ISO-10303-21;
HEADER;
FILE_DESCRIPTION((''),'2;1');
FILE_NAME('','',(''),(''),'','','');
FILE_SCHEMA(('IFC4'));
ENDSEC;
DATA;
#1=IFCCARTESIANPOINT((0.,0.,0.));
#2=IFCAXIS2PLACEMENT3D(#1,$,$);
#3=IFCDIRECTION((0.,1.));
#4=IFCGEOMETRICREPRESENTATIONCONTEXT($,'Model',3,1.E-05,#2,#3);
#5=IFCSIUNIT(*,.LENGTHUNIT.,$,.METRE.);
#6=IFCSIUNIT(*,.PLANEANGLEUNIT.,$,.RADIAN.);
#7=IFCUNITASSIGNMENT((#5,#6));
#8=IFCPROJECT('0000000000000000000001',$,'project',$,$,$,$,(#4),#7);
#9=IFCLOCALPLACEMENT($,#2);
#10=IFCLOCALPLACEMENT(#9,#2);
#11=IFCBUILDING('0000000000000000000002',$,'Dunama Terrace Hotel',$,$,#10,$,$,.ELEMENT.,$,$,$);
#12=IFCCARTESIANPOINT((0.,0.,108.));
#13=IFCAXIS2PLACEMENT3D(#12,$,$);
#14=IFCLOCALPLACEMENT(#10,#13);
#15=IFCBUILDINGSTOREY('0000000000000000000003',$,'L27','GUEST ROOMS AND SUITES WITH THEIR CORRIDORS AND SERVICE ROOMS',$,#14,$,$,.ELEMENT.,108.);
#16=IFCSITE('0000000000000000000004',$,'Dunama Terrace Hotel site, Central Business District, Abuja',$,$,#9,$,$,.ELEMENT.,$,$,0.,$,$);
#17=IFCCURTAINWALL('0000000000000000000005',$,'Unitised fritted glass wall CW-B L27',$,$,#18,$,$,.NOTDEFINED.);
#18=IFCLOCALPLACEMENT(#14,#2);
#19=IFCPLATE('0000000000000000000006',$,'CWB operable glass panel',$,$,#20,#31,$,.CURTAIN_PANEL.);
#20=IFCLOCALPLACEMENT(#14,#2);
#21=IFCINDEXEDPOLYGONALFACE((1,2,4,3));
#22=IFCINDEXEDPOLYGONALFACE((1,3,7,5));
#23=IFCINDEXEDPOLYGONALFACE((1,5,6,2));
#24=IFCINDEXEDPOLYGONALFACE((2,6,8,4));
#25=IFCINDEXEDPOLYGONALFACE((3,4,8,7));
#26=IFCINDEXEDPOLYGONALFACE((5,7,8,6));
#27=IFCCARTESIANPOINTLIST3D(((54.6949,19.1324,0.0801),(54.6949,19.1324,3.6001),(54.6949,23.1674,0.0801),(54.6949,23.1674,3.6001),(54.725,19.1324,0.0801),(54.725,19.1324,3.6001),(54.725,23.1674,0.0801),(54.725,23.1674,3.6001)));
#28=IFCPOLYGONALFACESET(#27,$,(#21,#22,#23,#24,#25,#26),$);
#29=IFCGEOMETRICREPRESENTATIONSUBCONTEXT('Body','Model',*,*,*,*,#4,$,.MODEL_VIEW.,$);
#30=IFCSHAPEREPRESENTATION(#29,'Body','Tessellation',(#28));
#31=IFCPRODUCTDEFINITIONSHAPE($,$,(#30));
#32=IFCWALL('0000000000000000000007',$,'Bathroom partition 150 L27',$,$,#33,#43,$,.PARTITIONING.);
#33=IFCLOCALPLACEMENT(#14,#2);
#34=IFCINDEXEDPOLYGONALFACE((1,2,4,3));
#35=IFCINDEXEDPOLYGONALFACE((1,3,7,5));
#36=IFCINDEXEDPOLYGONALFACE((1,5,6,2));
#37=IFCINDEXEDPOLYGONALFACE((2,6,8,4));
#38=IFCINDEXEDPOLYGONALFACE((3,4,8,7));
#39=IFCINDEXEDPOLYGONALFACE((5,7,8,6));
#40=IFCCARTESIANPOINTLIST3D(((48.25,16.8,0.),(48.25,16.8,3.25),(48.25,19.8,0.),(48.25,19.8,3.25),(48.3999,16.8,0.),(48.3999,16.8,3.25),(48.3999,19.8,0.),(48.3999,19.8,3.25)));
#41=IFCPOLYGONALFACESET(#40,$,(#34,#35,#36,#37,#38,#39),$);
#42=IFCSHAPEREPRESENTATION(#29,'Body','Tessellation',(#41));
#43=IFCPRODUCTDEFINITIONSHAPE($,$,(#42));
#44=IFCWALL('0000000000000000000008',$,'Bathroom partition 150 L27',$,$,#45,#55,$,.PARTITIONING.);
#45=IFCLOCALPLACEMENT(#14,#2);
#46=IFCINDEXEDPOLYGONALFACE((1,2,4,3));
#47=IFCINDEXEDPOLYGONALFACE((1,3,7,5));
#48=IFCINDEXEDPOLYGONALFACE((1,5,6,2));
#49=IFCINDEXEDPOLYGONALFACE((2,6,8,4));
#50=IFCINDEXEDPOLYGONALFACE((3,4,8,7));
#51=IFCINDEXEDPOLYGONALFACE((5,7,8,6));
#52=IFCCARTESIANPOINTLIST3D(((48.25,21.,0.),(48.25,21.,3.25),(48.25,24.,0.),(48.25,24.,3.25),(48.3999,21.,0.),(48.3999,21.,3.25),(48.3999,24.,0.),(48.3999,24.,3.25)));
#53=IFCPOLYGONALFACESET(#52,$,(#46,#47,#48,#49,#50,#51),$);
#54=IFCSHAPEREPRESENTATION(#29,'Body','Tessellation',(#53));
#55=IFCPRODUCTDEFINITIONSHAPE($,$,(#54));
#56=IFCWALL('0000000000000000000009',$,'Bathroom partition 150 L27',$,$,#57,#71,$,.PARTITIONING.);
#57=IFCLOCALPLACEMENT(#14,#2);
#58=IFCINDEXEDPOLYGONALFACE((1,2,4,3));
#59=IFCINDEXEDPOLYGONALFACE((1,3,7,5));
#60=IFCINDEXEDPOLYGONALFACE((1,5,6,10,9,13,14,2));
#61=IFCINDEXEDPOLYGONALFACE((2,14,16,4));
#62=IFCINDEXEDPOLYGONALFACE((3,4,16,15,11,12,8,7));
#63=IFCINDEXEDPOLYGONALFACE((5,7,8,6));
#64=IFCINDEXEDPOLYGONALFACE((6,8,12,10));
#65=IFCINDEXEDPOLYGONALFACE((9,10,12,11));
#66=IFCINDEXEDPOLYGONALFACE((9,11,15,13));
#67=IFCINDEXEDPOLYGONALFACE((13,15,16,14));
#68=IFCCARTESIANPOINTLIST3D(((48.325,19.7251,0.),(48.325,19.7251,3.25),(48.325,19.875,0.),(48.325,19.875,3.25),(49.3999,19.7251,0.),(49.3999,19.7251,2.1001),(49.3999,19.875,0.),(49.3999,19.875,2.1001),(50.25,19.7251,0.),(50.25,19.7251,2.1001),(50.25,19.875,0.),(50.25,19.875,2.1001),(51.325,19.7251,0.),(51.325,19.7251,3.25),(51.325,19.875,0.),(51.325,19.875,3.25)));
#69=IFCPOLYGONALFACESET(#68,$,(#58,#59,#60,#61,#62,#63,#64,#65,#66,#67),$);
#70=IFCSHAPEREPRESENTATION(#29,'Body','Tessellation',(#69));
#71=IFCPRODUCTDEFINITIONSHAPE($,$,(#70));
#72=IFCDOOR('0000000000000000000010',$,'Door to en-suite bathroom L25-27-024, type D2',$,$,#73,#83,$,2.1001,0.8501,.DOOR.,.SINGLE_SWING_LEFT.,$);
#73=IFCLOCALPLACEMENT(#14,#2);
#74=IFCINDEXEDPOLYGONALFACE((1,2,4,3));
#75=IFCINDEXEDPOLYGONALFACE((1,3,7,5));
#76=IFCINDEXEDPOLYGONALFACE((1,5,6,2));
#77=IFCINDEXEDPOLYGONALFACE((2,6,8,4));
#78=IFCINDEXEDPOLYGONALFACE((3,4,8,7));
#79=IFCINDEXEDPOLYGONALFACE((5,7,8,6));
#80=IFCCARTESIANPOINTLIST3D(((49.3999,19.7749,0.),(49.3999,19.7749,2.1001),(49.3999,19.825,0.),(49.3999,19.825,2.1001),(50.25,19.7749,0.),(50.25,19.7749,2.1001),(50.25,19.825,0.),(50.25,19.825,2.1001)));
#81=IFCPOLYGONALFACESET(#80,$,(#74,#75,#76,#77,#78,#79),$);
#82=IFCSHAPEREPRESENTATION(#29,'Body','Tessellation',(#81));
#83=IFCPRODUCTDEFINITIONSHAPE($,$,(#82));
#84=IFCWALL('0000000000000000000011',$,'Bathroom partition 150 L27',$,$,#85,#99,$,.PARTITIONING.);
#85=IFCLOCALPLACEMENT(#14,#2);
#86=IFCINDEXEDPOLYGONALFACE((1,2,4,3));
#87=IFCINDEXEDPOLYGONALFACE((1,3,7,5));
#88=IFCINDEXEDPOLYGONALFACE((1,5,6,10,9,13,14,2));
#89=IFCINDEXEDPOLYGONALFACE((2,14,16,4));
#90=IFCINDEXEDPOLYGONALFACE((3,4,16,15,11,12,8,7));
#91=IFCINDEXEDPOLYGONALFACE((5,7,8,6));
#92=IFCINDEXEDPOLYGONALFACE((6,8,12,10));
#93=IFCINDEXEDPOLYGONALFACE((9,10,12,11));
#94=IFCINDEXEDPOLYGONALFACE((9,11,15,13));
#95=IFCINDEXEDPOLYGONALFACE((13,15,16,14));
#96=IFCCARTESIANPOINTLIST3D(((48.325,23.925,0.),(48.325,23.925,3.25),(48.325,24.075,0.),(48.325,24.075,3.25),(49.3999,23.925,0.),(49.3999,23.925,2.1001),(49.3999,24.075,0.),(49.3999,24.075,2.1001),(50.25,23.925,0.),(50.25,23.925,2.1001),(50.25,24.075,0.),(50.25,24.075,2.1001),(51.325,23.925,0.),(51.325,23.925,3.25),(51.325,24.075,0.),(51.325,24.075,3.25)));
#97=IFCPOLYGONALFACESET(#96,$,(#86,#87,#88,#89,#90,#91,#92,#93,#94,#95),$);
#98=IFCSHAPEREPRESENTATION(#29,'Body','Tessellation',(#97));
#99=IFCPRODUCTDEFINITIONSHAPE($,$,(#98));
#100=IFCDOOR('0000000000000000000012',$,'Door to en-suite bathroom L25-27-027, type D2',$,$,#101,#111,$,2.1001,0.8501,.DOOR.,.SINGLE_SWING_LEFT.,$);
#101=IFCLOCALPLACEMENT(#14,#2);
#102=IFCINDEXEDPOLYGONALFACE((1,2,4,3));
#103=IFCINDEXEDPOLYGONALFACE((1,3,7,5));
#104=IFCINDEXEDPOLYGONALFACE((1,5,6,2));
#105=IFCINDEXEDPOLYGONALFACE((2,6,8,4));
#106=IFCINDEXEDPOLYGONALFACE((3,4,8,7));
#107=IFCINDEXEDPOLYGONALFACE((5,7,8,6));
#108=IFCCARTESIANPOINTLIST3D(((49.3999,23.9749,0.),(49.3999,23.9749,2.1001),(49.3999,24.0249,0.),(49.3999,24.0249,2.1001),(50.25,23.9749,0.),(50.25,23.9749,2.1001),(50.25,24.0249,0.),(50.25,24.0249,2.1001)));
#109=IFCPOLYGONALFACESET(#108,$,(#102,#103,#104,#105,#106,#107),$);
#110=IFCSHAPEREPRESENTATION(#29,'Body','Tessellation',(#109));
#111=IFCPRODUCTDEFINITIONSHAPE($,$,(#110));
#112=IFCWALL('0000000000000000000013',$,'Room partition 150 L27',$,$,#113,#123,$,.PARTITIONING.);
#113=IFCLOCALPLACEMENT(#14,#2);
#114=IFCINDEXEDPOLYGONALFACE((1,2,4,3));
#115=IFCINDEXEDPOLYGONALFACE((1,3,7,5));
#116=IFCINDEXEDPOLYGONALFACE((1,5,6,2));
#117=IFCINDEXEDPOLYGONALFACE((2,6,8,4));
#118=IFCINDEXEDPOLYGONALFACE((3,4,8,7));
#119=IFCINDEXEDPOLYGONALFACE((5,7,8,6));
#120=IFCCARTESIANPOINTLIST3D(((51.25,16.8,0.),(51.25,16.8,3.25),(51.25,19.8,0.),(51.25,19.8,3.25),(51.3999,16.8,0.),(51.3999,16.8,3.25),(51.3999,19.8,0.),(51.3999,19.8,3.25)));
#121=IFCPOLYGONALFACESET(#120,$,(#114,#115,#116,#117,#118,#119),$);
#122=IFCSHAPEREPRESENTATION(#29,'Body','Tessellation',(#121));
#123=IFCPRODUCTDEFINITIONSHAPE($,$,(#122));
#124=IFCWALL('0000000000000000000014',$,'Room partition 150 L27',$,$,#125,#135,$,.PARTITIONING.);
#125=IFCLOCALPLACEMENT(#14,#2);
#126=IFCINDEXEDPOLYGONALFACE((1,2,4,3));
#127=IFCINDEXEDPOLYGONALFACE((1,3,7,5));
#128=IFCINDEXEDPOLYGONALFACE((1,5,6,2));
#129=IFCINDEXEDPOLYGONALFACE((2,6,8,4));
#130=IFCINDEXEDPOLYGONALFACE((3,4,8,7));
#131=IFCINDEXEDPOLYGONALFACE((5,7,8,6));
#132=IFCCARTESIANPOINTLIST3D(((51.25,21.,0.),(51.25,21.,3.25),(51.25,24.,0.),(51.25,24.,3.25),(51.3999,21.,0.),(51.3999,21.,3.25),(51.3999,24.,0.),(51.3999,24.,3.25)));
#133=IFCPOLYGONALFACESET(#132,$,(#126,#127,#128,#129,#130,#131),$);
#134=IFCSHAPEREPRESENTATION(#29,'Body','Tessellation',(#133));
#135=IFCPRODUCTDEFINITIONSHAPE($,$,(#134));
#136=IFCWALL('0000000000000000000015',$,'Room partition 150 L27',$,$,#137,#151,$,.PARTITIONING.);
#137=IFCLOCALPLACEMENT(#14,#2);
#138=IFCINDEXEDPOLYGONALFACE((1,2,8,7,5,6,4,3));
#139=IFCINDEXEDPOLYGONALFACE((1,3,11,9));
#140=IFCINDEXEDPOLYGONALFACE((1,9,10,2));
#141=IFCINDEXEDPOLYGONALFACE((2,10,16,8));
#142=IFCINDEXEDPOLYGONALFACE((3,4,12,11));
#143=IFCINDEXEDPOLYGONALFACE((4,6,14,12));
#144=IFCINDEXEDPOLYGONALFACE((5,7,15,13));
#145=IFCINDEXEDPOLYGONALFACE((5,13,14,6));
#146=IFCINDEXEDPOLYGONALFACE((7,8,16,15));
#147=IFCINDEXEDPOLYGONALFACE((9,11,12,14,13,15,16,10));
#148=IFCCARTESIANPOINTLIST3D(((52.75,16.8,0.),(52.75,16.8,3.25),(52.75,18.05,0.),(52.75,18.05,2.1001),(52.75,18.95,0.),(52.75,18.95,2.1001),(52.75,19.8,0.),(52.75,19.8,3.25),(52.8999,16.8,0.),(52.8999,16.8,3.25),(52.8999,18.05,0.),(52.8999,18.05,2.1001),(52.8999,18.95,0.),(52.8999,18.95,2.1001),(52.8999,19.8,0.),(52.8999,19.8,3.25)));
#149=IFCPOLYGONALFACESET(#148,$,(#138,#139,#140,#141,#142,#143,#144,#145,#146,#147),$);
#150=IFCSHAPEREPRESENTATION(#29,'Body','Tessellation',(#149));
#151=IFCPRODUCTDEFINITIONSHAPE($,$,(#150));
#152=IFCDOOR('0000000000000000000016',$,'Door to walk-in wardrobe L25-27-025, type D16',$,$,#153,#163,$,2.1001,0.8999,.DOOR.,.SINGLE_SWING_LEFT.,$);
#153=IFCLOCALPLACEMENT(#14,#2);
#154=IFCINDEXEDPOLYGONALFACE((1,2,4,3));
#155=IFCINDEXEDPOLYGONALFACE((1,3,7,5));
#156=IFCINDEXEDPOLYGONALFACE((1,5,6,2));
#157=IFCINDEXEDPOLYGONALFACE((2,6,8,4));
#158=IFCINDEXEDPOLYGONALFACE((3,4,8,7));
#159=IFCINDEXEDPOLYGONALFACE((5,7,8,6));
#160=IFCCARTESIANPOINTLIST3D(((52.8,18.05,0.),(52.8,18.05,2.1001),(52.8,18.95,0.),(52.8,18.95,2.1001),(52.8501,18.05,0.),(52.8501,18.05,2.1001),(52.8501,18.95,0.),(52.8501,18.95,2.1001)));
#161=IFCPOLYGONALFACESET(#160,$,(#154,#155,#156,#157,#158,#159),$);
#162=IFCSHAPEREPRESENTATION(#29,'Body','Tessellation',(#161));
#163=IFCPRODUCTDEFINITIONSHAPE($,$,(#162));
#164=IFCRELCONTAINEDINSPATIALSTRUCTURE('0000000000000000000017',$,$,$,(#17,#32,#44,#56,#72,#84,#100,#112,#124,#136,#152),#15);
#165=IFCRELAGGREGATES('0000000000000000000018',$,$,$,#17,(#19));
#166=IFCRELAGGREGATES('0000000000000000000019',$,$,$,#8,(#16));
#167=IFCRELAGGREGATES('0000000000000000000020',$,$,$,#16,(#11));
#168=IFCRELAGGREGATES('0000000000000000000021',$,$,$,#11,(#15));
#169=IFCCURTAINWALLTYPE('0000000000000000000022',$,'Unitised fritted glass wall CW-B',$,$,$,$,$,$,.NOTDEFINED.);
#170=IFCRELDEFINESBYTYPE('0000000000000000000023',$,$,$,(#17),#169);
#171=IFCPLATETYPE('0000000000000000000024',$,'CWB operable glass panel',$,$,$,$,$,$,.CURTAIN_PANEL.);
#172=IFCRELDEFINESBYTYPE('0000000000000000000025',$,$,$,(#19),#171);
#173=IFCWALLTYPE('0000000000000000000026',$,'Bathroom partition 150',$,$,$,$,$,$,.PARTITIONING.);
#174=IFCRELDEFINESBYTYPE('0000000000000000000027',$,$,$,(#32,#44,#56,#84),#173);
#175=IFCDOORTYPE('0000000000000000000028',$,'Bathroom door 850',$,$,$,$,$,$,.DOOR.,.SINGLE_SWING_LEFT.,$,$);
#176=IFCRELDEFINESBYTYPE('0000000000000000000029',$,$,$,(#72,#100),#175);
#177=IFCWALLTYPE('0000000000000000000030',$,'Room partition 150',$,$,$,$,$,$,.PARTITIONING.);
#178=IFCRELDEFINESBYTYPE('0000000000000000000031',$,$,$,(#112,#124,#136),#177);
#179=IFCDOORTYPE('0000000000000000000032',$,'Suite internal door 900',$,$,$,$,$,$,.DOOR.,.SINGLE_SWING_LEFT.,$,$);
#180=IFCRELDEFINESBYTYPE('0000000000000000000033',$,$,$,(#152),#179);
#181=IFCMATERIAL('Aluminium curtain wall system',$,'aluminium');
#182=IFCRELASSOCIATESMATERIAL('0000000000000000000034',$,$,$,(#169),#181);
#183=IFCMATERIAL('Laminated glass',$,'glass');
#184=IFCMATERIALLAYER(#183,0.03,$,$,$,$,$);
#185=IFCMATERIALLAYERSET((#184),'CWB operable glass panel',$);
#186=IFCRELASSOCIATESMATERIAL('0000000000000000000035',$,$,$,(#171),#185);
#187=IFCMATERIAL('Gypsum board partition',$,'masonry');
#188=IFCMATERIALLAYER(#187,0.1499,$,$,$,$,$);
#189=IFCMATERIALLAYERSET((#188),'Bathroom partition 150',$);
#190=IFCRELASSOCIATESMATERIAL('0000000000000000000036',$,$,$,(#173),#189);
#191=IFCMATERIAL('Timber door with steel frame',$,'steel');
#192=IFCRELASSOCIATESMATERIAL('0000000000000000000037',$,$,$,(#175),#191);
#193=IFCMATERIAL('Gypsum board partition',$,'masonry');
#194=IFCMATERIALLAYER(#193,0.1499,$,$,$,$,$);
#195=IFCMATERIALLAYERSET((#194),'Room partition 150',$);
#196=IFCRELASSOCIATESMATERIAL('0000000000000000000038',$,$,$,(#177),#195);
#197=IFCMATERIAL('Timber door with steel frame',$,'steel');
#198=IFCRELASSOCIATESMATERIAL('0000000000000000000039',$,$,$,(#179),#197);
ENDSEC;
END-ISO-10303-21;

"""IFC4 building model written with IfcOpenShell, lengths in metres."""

from ifc_helpers import new_model, si_unit, direction, frame, frame_2d, origin, origin_2d, place, context, subcontext, project, spatial, rectangle, extrude, material, layer, layer_set, type_object, element, fill, aggregate, save


model = new_model("IFC4")

# Units and contexts
model_context = context("Model", 3, precision=1e-05, world=origin(), true_north=direction((0.0, 1.0)))
body_context = subcontext(model_context, "Body", "Model", "MODEL_VIEW")
ifc_project = project(units=[si_unit("LENGTHUNIT", "METRE"), si_unit("PLANEANGLEUNIT", "RADIAN")], contexts=[model_context])

# Site, building, storey
site_placement = place(None, origin())
site = spatial("IfcSite", under=ifc_project, at=site_placement, Name="Dunama Terrace Hotel site, Central Business District, Abuja", CompositionType="ELEMENT", RefElevation=0.0)
building_placement = place(site_placement, origin())
building = spatial("IfcBuilding", under=site, at=building_placement, Name="Dunama Terrace Hotel", CompositionType="ELEMENT")
storey_placement = place(building_placement, frame((0.0, 0.0, 108.0)))
storey = spatial("IfcBuildingStorey", under=building, at=storey_placement, Name="L27", Description="GUEST ROOMS AND SUITES WITH THEIR CORRIDORS AND SERVICE ROOMS", CompositionType="ELEMENT", Elevation=108.0)

# Curtain wall
ifc_material_1 = material(Name="Aluminium curtain wall system", Category="aluminium")
curtain_wall_type = type_object("IfcCurtainWallType", Name="Unitised fritted glass wall CW-B", PredefinedType="NOTDEFINED", material=ifc_material_1)
curtain_wall_placement = place(storey_placement, origin())
curtain_wall = element("IfcCurtainWall", 1, at=curtain_wall_placement, inside=storey, type_object=curtain_wall_type, Name="Unitised fritted glass wall CW-B L27", PredefinedType="NOTDEFINED")

# Plate
ifc_material_2 = material(Name="Laminated glass", Category="glass")
ifc_layer_1 = layer(ifc_material_2, 0.03)
ifc_layer_set_1 = layer_set([ifc_layer_1], Name="CWB operable glass panel")
plate_type_1 = type_object("IfcPlateType", Name="CWB operable glass panel", PredefinedType="CURTAIN_PANEL", material=ifc_layer_set_1)
plate_1_placement = place(storey_placement, frame((54.71, 21.1499, 0.0801), z_axis=(0.0, 0.0, 1.0), x_axis=(0.0, 1.0, 0.0)))
plate_1 = element("IfcPlate", 2, at=plate_1_placement, type_object=plate_type_1, Name="CWB operable glass panel", PredefinedType="CURTAIN_PANEL", context=body_context, shape_type="SweptSolid", body=[
    extrude(rectangle(XDim=4.0349, YDim=0.03, at=origin_2d()), origin(), (0.0, 0.0, 1.0), 3.52),
])
aggregate(curtain_wall, [plate_1])

# Walls
ifc_material_3 = material(Name="Gypsum board partition", Category="masonry")
ifc_layer_2 = layer(ifc_material_3, 0.1499)
ifc_layer_set_2 = layer_set([ifc_layer_2], Name="Bathroom partition 150")
wall_type_1 = type_object("IfcWallType", Name="Bathroom partition 150", PredefinedType="PARTITIONING", material=ifc_layer_set_2)
for number, where, z_axis, x_axis, name in (
    (3, (48.325, 16.8, 0.0), (0.0, 0.0, 1.0), (0.0, 1.0, 0.0), "Bathroom partition 150 L27"),
    (4, (48.325, 21.0, 0.0), (0.0, 0.0, 1.0), (0.0, 1.0, 0.0), "Bathroom partition 150 L27"),
):
    element("IfcWall", number, at=place(storey_placement, frame(where, z_axis=z_axis, x_axis=x_axis)), inside=storey, type_object=wall_type_1, Name=name, PredefinedType="PARTITIONING", context=body_context, shape_type="SweptSolid", body=[
        extrude(rectangle(XDim=3.0, YDim=0.1499, at=frame_2d((1.5, 0.0))), origin(), (0.0, 0.0, 1.0), 3.25),
    ])

# Walls, openings, doors
wall_1_placement = place(storey_placement, frame((48.325, 19.8, 0.0), z_axis=(0.0, 0.0, 1.0), x_axis=(1.0, 0.0, 0.0)))
wall_1 = element("IfcWall", 5, at=wall_1_placement, inside=storey, type_object=wall_type_1, Name="Bathroom partition 150 L27", PredefinedType="PARTITIONING", context=body_context, shape_type="SweptSolid", body=[
    extrude(rectangle(XDim=3.0, YDim=0.1499, at=frame_2d((1.5, 0.0))), origin(), (0.0, 0.0, 1.0), 3.25),
])
opening_1_placement = place(wall_1_placement, frame((1.075, 0.0, 0.0)))
opening_1 = element("IfcOpeningElement", 6, at=opening_1_placement, cuts=wall_1, PredefinedType="OPENING", context=body_context, shape_type="SweptSolid", body=[
    extrude(rectangle(XDim=0.8501, YDim=2.1001, at=frame_2d((0.425, 1.05))), frame((0.0, 0.085, 0.0), z_axis=(0.0, -1.0, 0.0), x_axis=(1.0, 0.0, 0.0)), (0.0, 0.0, 1.0), 0.1699),
])
ifc_material_4 = material(Name="Timber door with steel frame", Category="steel")
door_type_1 = type_object("IfcDoorType", Name="Bathroom door 850", OperationType="SINGLE_SWING_LEFT", PredefinedType="DOOR", material=ifc_material_4)
door_1_placement = place(opening_1_placement, frame((0.8501, 0.0, 0.0), z_axis=(0.0, 0.0, 1.0), x_axis=(-1.0, 0.0, 0.0)))
door_1 = element("IfcDoor", 7, at=door_1_placement, inside=storey, type_object=door_type_1, Name="Door to en-suite bathroom L25-27-024, type D2", OperationType="SINGLE_SWING_LEFT", OverallHeight=2.1001, OverallWidth=0.8501, PredefinedType="DOOR", context=body_context, shape_type="SweptSolid", body=[
    extrude(rectangle(XDim=0.8501, YDim=2.1001, at=frame_2d((0.425, 1.05))), frame((0.0, 0.0251, 0.0), z_axis=(0.0, -1.0, 0.0), x_axis=(1.0, 0.0, 0.0)), (0.0, 0.0, 1.0), 0.05),
])
fill(opening_1, door_1)
wall_2_placement = place(storey_placement, frame((48.325, 24.0, 0.0), z_axis=(0.0, 0.0, 1.0), x_axis=(1.0, 0.0, 0.0)))
wall_2 = element("IfcWall", 8, at=wall_2_placement, inside=storey, type_object=wall_type_1, Name="Bathroom partition 150 L27", PredefinedType="PARTITIONING", context=body_context, shape_type="SweptSolid", body=[
    extrude(rectangle(XDim=3.0, YDim=0.1499, at=frame_2d((1.5, 0.0))), origin(), (0.0, 0.0, 1.0), 3.25),
])
opening_2_placement = place(wall_2_placement, frame((1.075, 0.0, 0.0)))
opening_2 = element("IfcOpeningElement", 9, at=opening_2_placement, cuts=wall_2, PredefinedType="OPENING", context=body_context, shape_type="SweptSolid", body=[
    extrude(rectangle(XDim=0.8501, YDim=2.1001, at=frame_2d((0.425, 1.05))), frame((0.0, 0.085, 0.0), z_axis=(0.0, -1.0, 0.0), x_axis=(1.0, 0.0, 0.0)), (0.0, 0.0, 1.0), 0.1699),
])
door_2_placement = place(opening_2_placement, frame((0.8501, 0.0, 0.0), z_axis=(0.0, 0.0, 1.0), x_axis=(-1.0, 0.0, 0.0)))
door_2 = element("IfcDoor", 10, at=door_2_placement, inside=storey, type_object=door_type_1, Name="Door to en-suite bathroom L25-27-027, type D2", OperationType="SINGLE_SWING_LEFT", OverallHeight=2.1001, OverallWidth=0.8501, PredefinedType="DOOR", context=body_context, shape_type="SweptSolid", body=[
    extrude(rectangle(XDim=0.8501, YDim=2.1001, at=frame_2d((0.425, 1.05))), frame((0.0, 0.0251, 0.0), z_axis=(0.0, -1.0, 0.0), x_axis=(1.0, 0.0, 0.0)), (0.0, 0.0, 1.0), 0.05),
])
fill(opening_2, door_2)

# Walls
ifc_material_5 = material(Name="Gypsum board partition", Category="masonry")
ifc_layer_3 = layer(ifc_material_5, 0.1499)
ifc_layer_set_3 = layer_set([ifc_layer_3], Name="Room partition 150")
wall_type_2 = type_object("IfcWallType", Name="Room partition 150", PredefinedType="PARTITIONING", material=ifc_layer_set_3)
for number, where, z_axis, x_axis, name in (
    (11, (51.325, 16.8, 0.0), (0.0, 0.0, 1.0), (0.0, 1.0, 0.0), "Room partition 150 L27"),
    (12, (51.325, 21.0, 0.0), (0.0, 0.0, 1.0), (0.0, 1.0, 0.0), "Room partition 150 L27"),
):
    element("IfcWall", number, at=place(storey_placement, frame(where, z_axis=z_axis, x_axis=x_axis)), inside=storey, type_object=wall_type_2, Name=name, PredefinedType="PARTITIONING", context=body_context, shape_type="SweptSolid", body=[
        extrude(rectangle(XDim=3.0, YDim=0.1499, at=frame_2d((1.5, 0.0))), origin(), (0.0, 0.0, 1.0), 3.25),
    ])

# Wall, opening, door
wall_3_placement = place(storey_placement, frame((52.825, 16.8, 0.0), z_axis=(0.0, 0.0, 1.0), x_axis=(0.0, 1.0, 0.0)))
wall_3 = element("IfcWall", 13, at=wall_3_placement, inside=storey, type_object=wall_type_2, Name="Room partition 150 L27", PredefinedType="PARTITIONING", context=body_context, shape_type="SweptSolid", body=[
    extrude(rectangle(XDim=3.0, YDim=0.1499, at=frame_2d((1.5, 0.0))), origin(), (0.0, 0.0, 1.0), 3.25),
])
opening_3_placement = place(wall_3_placement, frame((1.25, 0.0, 0.0)))
opening_3 = element("IfcOpeningElement", 14, at=opening_3_placement, cuts=wall_3, PredefinedType="OPENING", context=body_context, shape_type="SweptSolid", body=[
    extrude(rectangle(XDim=0.8999, YDim=2.1001, at=frame_2d((0.45, 1.05))), frame((0.0, 0.085, 0.0), z_axis=(0.0, -1.0, 0.0), x_axis=(1.0, 0.0, 0.0)), (0.0, 0.0, 1.0), 0.1699),
])
ifc_material_6 = material(Name="Timber door with steel frame", Category="steel")
door_type_2 = type_object("IfcDoorType", Name="Suite internal door 900", OperationType="SINGLE_SWING_LEFT", PredefinedType="DOOR", material=ifc_material_6)
door_3_placement = place(opening_3_placement, origin())
door_3 = element("IfcDoor", 15, at=door_3_placement, inside=storey, type_object=door_type_2, Name="Door to walk-in wardrobe L25-27-025, type D16", OperationType="SINGLE_SWING_LEFT", OverallHeight=2.1001, OverallWidth=0.8999, PredefinedType="DOOR", context=body_context, shape_type="SweptSolid", body=[
    extrude(rectangle(XDim=0.8999, YDim=2.1001, at=frame_2d((0.45, 1.05))), frame((0.0, 0.0249, 0.0), z_axis=(0.0, -1.0, 0.0), x_axis=(1.0, 0.0, 0.0)), (0.0, 0.0, 1.0), 0.05),
])
fill(opening_3, door_3)

save(model, "model.ifc")
